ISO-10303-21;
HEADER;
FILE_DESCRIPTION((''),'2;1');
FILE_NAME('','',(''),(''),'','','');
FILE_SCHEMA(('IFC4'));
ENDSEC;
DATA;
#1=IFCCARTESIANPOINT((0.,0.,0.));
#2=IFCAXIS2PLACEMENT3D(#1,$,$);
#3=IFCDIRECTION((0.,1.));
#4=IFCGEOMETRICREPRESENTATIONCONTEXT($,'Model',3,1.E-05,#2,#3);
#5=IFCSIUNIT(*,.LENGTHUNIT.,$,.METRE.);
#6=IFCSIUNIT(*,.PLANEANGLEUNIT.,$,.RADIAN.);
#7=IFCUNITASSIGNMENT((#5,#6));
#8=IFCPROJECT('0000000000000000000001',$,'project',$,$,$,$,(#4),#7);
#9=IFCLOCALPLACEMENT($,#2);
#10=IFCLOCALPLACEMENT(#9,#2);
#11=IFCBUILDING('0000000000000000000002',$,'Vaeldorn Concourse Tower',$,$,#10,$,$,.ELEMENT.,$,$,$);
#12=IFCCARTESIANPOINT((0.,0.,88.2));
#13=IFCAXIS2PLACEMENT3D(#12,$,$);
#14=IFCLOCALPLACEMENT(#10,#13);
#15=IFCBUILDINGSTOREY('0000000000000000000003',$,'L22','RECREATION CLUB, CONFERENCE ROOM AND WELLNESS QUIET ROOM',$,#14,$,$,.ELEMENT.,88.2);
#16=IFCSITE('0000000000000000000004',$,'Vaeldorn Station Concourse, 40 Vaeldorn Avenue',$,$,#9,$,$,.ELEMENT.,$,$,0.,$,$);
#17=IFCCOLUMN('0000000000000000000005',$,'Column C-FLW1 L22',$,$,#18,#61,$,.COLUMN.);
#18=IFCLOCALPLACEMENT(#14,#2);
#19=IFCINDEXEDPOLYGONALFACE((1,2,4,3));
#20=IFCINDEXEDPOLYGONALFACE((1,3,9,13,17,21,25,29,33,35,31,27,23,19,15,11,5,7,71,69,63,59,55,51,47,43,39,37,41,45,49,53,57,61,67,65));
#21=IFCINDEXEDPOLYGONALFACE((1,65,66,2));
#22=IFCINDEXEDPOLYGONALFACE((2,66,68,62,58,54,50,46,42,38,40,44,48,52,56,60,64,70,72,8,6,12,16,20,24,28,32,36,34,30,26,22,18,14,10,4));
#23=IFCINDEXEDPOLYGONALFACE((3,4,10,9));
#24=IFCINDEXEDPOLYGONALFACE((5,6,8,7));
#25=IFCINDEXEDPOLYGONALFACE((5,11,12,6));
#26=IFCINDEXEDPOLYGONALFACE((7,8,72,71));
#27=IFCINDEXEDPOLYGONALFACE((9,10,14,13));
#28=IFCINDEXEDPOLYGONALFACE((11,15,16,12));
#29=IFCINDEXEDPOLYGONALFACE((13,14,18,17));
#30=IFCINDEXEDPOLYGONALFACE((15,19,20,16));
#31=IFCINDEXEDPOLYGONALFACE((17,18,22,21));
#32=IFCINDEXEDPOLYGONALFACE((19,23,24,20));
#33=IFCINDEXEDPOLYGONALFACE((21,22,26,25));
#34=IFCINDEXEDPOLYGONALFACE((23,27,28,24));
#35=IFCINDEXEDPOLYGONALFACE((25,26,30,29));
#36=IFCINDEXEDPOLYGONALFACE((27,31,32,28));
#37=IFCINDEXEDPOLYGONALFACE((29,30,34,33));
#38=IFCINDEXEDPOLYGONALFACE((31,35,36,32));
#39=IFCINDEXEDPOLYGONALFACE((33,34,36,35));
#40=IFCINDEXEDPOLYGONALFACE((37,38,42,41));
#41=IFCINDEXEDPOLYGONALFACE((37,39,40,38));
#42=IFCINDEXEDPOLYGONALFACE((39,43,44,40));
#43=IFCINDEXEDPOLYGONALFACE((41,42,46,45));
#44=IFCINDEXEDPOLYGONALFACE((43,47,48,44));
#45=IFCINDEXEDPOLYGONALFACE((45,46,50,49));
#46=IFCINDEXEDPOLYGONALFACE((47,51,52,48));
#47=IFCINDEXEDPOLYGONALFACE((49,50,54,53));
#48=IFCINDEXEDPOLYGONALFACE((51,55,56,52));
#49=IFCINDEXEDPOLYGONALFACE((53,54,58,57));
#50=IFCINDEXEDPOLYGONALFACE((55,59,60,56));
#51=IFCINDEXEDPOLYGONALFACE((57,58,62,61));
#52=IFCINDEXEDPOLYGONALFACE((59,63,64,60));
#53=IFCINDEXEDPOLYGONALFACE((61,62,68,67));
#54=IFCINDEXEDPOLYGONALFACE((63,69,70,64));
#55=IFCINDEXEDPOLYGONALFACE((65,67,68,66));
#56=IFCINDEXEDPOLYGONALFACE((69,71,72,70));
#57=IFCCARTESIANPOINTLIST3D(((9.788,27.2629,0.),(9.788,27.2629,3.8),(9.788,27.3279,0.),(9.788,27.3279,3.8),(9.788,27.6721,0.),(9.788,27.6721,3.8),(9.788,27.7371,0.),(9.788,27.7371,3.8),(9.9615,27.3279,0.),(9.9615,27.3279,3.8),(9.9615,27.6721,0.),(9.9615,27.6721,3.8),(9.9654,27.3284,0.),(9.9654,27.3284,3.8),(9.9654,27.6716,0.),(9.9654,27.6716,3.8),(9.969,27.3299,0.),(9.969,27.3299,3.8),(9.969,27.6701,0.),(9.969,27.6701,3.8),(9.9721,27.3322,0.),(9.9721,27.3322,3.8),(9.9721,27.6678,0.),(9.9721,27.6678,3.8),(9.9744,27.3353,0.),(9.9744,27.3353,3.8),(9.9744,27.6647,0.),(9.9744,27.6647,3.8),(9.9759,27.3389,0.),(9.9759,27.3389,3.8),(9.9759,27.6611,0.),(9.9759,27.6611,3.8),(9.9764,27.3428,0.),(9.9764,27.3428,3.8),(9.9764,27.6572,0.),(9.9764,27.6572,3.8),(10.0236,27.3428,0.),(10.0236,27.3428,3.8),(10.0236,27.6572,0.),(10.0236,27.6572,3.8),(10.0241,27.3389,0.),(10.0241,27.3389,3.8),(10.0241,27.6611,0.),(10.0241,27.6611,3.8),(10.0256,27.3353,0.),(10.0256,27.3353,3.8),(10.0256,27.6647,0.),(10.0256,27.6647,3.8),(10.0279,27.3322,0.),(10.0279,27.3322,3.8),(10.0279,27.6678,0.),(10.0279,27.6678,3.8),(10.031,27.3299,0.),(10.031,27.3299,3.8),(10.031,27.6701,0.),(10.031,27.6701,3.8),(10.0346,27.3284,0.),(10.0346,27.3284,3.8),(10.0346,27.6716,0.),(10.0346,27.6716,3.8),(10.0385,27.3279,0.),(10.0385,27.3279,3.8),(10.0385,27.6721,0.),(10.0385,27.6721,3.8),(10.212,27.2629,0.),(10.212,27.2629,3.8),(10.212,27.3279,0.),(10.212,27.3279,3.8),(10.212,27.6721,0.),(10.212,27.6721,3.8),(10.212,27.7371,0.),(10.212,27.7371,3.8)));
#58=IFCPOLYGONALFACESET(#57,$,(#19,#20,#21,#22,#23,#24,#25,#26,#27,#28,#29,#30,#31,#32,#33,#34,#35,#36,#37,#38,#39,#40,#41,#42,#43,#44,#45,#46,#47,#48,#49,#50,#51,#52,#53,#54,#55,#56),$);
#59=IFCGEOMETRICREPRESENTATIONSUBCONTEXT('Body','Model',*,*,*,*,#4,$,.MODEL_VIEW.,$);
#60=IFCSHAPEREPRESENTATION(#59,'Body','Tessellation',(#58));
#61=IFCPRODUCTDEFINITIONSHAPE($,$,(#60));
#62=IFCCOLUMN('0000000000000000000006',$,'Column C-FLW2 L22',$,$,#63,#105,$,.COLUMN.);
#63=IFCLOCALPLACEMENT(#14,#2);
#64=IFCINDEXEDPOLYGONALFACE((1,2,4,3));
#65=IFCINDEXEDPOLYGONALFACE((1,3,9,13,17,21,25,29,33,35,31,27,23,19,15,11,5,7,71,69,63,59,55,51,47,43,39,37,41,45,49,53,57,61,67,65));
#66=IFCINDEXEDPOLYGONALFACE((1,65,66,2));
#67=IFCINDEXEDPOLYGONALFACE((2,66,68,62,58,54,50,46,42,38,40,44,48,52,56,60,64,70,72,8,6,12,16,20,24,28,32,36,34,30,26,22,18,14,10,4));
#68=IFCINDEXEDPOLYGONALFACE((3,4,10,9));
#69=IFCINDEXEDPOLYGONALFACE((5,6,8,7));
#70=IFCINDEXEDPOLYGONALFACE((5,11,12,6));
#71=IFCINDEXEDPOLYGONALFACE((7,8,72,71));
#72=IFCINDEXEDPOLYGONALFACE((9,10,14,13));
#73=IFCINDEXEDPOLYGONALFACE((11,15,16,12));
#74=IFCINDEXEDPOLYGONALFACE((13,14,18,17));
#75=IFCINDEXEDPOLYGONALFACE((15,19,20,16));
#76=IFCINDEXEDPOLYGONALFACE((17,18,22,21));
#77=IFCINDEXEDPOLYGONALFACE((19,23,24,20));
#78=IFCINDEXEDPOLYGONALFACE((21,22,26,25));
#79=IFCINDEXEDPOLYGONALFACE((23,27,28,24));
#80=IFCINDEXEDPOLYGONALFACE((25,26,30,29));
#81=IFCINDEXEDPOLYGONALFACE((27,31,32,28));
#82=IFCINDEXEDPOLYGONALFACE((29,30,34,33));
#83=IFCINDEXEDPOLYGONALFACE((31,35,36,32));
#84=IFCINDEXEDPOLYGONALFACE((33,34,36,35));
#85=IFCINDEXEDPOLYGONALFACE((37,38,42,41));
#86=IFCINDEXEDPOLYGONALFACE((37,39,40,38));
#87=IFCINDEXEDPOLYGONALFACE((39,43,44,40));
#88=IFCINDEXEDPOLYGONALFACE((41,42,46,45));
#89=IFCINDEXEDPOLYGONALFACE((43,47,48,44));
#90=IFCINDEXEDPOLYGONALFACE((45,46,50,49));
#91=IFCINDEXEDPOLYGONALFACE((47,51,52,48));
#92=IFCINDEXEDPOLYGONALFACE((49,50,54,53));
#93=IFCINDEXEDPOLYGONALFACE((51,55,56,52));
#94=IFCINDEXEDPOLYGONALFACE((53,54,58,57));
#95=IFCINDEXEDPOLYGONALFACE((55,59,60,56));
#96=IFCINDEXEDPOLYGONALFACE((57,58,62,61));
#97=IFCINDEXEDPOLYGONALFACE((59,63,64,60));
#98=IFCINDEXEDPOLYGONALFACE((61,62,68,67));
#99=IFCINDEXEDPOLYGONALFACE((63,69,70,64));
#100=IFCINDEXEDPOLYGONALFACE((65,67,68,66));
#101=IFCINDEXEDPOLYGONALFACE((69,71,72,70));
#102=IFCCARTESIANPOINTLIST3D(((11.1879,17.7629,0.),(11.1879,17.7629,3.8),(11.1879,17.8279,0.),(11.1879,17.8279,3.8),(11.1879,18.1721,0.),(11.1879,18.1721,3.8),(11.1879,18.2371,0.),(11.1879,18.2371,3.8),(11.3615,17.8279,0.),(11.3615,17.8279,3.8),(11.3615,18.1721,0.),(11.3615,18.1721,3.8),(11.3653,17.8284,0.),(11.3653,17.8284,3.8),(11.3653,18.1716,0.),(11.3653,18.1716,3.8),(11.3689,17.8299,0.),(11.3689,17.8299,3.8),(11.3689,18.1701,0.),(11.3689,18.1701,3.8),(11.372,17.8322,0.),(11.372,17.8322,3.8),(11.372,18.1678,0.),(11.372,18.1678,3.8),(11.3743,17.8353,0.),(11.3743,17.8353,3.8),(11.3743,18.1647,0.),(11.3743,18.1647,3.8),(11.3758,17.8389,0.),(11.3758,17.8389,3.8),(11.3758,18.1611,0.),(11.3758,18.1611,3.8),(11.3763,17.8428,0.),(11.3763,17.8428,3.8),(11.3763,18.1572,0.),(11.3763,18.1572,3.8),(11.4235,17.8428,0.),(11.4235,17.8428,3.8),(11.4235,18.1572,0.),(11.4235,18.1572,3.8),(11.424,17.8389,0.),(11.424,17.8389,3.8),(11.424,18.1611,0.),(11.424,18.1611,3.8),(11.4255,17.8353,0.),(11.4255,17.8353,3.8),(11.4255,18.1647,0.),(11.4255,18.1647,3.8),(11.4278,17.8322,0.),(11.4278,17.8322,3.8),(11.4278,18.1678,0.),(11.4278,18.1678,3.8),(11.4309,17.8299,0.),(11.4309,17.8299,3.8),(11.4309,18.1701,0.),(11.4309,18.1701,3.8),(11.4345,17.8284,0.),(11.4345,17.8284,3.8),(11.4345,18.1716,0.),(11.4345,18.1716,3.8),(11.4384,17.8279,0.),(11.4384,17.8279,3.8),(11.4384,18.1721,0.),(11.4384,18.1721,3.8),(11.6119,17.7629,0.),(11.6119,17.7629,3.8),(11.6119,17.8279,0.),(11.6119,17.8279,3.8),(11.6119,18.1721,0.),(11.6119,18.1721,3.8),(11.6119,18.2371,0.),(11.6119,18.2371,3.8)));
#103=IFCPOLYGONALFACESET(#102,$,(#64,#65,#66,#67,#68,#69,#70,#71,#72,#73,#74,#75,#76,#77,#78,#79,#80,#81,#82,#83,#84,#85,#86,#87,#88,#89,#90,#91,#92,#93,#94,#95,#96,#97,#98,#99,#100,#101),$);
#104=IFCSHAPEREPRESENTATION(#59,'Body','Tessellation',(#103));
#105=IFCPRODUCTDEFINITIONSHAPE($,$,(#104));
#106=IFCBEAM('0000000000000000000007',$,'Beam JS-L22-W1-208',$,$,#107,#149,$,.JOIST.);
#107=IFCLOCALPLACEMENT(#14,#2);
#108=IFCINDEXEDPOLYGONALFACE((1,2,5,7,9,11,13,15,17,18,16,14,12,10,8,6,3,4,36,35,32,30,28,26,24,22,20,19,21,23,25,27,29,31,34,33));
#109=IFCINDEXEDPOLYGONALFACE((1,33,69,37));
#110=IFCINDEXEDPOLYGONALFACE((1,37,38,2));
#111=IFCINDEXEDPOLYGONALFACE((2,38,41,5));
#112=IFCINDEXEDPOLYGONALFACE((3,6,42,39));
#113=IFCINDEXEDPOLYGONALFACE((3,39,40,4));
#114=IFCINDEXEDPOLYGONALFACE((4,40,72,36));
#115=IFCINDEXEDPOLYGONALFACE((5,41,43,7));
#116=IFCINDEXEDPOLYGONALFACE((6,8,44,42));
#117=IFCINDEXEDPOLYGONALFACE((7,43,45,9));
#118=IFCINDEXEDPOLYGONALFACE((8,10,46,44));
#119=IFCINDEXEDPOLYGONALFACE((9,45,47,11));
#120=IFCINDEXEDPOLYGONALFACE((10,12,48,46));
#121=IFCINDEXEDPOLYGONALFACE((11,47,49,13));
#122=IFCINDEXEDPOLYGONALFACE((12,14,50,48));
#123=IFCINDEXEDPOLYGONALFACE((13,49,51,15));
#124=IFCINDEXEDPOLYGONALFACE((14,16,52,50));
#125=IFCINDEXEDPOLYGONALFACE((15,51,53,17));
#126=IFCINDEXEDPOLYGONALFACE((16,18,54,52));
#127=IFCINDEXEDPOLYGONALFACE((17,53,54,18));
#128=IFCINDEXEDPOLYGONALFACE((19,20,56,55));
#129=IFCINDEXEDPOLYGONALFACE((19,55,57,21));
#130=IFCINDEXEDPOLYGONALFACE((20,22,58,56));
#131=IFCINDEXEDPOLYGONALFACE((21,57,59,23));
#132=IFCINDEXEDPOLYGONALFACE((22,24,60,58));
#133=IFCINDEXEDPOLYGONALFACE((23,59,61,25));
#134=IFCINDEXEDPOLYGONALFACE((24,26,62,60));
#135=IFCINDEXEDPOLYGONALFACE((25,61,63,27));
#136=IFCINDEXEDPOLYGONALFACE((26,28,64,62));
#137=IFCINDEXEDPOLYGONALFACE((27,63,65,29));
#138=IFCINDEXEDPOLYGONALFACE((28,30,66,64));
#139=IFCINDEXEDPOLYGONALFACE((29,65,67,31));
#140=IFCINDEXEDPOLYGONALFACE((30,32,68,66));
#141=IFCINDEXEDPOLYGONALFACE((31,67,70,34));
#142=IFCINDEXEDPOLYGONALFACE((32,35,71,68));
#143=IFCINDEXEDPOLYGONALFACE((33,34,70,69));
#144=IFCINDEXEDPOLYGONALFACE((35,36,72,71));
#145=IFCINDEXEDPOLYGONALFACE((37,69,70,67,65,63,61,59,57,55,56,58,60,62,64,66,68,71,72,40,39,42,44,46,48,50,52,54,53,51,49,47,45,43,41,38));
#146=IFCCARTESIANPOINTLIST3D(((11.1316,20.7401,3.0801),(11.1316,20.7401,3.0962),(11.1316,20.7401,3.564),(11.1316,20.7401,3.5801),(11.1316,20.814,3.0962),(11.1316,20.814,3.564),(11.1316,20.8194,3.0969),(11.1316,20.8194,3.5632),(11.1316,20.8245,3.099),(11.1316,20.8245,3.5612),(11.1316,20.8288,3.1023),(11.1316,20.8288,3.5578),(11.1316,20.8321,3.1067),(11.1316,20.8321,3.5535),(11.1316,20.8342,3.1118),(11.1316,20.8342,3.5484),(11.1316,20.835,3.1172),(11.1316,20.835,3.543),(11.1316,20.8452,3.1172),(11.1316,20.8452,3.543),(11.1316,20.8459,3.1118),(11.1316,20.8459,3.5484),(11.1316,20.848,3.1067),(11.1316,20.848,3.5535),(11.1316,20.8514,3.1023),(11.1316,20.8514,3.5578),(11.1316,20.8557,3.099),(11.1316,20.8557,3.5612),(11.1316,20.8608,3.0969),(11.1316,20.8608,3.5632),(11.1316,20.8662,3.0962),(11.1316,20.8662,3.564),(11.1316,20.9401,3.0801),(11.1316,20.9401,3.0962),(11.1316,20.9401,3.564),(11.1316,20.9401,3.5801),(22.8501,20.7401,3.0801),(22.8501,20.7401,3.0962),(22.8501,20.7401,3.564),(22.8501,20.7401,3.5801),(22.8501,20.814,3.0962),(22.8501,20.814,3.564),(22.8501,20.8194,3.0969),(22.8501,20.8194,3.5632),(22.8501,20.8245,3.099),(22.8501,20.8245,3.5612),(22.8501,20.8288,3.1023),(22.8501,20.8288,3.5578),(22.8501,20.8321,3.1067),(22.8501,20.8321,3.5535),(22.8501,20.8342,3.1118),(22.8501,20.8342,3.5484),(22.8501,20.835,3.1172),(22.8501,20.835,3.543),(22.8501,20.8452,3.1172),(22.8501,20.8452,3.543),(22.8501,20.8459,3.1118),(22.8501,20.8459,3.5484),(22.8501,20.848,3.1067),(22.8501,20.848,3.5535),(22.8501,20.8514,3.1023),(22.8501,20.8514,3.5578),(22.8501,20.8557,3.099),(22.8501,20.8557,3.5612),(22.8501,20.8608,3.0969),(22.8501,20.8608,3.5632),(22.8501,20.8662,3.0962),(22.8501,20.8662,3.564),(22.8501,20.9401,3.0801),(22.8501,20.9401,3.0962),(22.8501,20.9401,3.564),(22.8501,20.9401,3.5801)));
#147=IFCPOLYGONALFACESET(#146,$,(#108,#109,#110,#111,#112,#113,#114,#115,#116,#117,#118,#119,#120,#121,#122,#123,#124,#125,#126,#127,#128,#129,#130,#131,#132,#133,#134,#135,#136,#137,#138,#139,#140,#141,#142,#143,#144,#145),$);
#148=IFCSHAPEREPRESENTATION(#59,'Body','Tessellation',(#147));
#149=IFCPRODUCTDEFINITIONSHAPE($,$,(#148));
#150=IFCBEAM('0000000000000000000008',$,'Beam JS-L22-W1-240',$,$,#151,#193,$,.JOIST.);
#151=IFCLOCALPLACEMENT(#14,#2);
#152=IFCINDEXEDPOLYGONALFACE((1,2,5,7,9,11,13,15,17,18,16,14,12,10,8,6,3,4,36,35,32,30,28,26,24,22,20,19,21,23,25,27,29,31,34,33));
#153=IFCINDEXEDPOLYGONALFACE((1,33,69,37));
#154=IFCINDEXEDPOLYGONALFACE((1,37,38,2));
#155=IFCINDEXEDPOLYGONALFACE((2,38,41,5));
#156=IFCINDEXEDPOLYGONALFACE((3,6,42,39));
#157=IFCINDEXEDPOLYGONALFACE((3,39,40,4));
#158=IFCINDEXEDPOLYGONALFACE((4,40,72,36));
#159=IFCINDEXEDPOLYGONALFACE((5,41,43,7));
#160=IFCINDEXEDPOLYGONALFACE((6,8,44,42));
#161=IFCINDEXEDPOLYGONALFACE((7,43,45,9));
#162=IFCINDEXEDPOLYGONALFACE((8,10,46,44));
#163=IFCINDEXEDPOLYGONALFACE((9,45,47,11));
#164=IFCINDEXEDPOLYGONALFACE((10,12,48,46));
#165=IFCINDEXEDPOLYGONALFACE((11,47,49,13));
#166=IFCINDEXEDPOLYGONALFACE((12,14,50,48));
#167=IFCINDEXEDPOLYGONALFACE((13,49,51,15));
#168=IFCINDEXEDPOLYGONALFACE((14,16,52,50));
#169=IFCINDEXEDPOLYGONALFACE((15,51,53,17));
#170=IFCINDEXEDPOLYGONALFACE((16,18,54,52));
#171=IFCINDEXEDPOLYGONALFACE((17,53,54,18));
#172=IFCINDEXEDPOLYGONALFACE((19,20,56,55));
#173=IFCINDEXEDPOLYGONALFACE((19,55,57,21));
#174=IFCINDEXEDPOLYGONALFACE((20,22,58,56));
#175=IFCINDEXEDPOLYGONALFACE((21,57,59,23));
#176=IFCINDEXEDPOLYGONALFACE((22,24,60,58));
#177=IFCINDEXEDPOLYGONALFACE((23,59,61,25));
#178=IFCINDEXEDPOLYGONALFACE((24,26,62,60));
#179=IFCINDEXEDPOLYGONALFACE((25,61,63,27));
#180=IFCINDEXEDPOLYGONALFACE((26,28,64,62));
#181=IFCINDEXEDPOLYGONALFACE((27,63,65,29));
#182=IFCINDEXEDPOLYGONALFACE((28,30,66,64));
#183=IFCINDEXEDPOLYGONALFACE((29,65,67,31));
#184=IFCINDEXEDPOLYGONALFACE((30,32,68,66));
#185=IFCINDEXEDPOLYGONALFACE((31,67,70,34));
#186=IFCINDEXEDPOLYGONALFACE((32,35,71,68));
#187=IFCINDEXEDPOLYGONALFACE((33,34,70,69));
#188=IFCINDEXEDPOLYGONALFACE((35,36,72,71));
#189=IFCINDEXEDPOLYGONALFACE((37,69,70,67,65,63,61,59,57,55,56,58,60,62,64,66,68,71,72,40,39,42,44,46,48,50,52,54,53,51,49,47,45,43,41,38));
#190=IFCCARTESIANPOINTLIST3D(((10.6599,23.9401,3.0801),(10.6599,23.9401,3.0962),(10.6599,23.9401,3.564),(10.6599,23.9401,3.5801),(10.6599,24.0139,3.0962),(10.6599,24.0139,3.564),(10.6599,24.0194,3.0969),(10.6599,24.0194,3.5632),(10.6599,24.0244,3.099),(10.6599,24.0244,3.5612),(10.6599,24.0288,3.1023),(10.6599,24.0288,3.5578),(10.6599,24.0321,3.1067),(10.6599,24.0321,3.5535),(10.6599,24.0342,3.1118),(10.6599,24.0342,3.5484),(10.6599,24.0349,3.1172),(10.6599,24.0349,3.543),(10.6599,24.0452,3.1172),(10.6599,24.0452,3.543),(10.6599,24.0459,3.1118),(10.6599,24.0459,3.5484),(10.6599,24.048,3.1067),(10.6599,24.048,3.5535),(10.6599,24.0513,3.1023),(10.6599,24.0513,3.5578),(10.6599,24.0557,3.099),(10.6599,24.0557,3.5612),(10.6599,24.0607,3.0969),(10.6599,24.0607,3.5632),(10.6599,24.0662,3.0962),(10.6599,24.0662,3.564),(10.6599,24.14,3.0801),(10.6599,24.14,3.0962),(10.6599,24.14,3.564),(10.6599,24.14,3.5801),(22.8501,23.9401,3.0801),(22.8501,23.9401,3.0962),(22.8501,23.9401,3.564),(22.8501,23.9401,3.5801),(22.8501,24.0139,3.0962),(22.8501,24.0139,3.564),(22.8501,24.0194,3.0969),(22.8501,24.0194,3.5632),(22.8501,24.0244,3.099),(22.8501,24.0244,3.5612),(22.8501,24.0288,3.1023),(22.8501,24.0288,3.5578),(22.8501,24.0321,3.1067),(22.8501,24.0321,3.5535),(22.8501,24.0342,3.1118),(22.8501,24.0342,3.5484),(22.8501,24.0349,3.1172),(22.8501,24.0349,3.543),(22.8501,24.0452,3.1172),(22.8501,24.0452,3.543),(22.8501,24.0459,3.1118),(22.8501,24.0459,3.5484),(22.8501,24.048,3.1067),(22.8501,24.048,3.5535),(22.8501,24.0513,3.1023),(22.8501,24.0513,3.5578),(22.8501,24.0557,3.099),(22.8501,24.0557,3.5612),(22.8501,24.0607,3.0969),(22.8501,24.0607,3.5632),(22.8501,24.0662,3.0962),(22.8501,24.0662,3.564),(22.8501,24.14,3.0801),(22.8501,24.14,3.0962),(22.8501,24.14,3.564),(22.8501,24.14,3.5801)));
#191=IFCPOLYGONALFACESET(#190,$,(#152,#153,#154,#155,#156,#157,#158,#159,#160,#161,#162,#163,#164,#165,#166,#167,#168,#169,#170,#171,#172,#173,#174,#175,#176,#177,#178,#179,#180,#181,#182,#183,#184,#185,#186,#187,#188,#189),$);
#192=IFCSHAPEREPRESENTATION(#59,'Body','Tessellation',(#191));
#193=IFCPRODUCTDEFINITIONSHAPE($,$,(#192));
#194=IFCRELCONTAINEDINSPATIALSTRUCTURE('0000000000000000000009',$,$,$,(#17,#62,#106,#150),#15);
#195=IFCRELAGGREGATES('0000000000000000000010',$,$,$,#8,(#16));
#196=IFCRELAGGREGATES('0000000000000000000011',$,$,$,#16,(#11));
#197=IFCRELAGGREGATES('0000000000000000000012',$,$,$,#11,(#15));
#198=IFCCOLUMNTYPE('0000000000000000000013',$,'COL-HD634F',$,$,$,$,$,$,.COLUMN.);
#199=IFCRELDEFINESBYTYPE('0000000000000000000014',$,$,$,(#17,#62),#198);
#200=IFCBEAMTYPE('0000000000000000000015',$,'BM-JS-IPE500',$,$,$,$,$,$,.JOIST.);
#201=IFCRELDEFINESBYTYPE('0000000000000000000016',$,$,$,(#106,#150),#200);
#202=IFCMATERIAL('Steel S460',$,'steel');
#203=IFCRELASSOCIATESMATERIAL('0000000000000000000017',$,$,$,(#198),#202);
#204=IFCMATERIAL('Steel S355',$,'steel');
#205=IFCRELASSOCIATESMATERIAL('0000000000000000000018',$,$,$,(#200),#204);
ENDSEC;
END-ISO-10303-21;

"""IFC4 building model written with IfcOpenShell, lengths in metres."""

from ifc_helpers import new_model, si_unit, direction, frame, origin, origin_2d, place, context, subcontext, project, spatial, i_section, extrude, source, transform, mapped, material, material_profile, profile_set, type_object, element, save


model = new_model("IFC4")

# Units and contexts
model_context = context("Model", 3, precision=1e-05, world=origin(), true_north=direction((0.0, 1.0)))
body_context = subcontext(model_context, "Body", "Model", "MODEL_VIEW")
ifc_project = project(units=[si_unit("LENGTHUNIT", "METRE"), si_unit("PLANEANGLEUNIT", "RADIAN")], contexts=[model_context])

# Site, building, storey
site_placement = place(None, origin())
site = spatial("IfcSite", under=ifc_project, at=site_placement, Name="Vaeldorn Station Concourse, 40 Vaeldorn Avenue", CompositionType="ELEMENT", RefElevation=0.0)
building_placement = place(site_placement, origin())
building = spatial("IfcBuilding", under=site, at=building_placement, Name="Vaeldorn Concourse Tower", CompositionType="ELEMENT")
storey_placement = place(building_placement, frame((0.0, 0.0, 88.2)))
storey = spatial("IfcBuildingStorey", under=building, at=storey_placement, Name="L22", Description="RECREATION CLUB, CONFERENCE ROOM AND WELLNESS QUIET ROOM", CompositionType="ELEMENT", Elevation=88.2)

# Columns
ifc_material_1 = material(Name="Steel S460", Category="steel")
ifc_material_profile_1 = material_profile(ifc_material_1, i_section(OverallWidth=0.4241, OverallDepth=0.4741, WebThickness=0.0471, FlangeThickness=0.0649, FilletRadius=0.0149, at=origin_2d()), Name="HD 400x634")
ifc_profile_set_1 = profile_set([ifc_material_profile_1], Name="Steel S460")
column_type = type_object("IfcColumnType", Name="COL-HD634F", PredefinedType="COLUMN", material=ifc_profile_set_1)
shared_shape_1 = source(origin(), body_context, "Body", "SweptSolid", [
    extrude(i_section(OverallWidth=0.4241, OverallDepth=0.4741, WebThickness=0.0471, FlangeThickness=0.0649, FilletRadius=0.0149, at=origin_2d()), origin(), (0.0, 0.0, 1.0), 3.8),
])
for number, where, z_axis, x_axis, name in (
    (1, (10.0, 27.5, 0.0), (0.0, 0.0, 1.0), (1.0, 0.0, 0.0), "Column C-FLW1 L22"),
    (2, (11.3999, 18.0, 0.0), (0.0, 0.0, 1.0), (1.0, 0.0, 0.0), "Column C-FLW2 L22"),
):
    element("IfcColumn", number, at=place(storey_placement, frame(where, z_axis=z_axis, x_axis=x_axis)), inside=storey, type_object=column_type, Name=name, PredefinedType="COLUMN", context=body_context, shape_type="MappedRepresentation", body=[
        mapped(shared_shape_1, transform((0.0, 0.0, 0.0), scale=1.0)),
    ])

# Beams
ifc_material_2 = material(Name="Steel S355", Category="steel")
ifc_material_profile_2 = material_profile(ifc_material_2, i_section(OverallWidth=0.2, OverallDepth=0.5, WebThickness=0.0103, FlangeThickness=0.0161, FilletRadius=0.021, at=origin_2d()), Name="IPE 500")
ifc_profile_set_2 = profile_set([ifc_material_profile_2], Name="Steel S355")
beam_type_1 = type_object("IfcBeamType", Name="BM-JS-IPE500", PredefinedType="JOIST", material=ifc_profile_set_2)
shared_shape_2 = source(origin(), body_context, "Body", "SweptSolid", [
    extrude(i_section(OverallWidth=0.2, OverallDepth=0.5, WebThickness=0.0103, FlangeThickness=0.0161, FilletRadius=0.021, at=origin_2d()), origin(), (0.0, 0.0, 1.0), 11.7185),
])
beam_1_placement = place(storey_placement, frame((11.1316, 20.8401, 3.3301), z_axis=(1.0, 0.0, 0.0), x_axis=(0.0, 1.0, 0.0)))
element("IfcBeam", 3, at=beam_1_placement, inside=storey, type_object=beam_type_1, Name="Beam JS-L22-W1-208", PredefinedType="JOIST", context=body_context, shape_type="MappedRepresentation", body=[
    mapped(shared_shape_2, transform((0.0, 0.0, 0.0), scale=1.0)),
])
shared_shape_3 = source(origin(), body_context, "Body", "SweptSolid", [
    extrude(i_section(OverallWidth=0.2, OverallDepth=0.5, WebThickness=0.0103, FlangeThickness=0.0161, FilletRadius=0.021, at=origin_2d()), origin(), (0.0, 0.0, 1.0), 12.1902),
])
beam_2_placement = place(storey_placement, frame((10.6599, 24.04, 3.3301), z_axis=(1.0, 0.0, 0.0), x_axis=(0.0, 1.0, 0.0)))
element("IfcBeam", 4, at=beam_2_placement, inside=storey, type_object=beam_type_1, Name="Beam JS-L22-W1-240", PredefinedType="JOIST", context=body_context, shape_type="MappedRepresentation", body=[
    mapped(shared_shape_3, transform((0.0, 0.0, 0.0), scale=1.0)),
])

save(model, "model.ifc")
